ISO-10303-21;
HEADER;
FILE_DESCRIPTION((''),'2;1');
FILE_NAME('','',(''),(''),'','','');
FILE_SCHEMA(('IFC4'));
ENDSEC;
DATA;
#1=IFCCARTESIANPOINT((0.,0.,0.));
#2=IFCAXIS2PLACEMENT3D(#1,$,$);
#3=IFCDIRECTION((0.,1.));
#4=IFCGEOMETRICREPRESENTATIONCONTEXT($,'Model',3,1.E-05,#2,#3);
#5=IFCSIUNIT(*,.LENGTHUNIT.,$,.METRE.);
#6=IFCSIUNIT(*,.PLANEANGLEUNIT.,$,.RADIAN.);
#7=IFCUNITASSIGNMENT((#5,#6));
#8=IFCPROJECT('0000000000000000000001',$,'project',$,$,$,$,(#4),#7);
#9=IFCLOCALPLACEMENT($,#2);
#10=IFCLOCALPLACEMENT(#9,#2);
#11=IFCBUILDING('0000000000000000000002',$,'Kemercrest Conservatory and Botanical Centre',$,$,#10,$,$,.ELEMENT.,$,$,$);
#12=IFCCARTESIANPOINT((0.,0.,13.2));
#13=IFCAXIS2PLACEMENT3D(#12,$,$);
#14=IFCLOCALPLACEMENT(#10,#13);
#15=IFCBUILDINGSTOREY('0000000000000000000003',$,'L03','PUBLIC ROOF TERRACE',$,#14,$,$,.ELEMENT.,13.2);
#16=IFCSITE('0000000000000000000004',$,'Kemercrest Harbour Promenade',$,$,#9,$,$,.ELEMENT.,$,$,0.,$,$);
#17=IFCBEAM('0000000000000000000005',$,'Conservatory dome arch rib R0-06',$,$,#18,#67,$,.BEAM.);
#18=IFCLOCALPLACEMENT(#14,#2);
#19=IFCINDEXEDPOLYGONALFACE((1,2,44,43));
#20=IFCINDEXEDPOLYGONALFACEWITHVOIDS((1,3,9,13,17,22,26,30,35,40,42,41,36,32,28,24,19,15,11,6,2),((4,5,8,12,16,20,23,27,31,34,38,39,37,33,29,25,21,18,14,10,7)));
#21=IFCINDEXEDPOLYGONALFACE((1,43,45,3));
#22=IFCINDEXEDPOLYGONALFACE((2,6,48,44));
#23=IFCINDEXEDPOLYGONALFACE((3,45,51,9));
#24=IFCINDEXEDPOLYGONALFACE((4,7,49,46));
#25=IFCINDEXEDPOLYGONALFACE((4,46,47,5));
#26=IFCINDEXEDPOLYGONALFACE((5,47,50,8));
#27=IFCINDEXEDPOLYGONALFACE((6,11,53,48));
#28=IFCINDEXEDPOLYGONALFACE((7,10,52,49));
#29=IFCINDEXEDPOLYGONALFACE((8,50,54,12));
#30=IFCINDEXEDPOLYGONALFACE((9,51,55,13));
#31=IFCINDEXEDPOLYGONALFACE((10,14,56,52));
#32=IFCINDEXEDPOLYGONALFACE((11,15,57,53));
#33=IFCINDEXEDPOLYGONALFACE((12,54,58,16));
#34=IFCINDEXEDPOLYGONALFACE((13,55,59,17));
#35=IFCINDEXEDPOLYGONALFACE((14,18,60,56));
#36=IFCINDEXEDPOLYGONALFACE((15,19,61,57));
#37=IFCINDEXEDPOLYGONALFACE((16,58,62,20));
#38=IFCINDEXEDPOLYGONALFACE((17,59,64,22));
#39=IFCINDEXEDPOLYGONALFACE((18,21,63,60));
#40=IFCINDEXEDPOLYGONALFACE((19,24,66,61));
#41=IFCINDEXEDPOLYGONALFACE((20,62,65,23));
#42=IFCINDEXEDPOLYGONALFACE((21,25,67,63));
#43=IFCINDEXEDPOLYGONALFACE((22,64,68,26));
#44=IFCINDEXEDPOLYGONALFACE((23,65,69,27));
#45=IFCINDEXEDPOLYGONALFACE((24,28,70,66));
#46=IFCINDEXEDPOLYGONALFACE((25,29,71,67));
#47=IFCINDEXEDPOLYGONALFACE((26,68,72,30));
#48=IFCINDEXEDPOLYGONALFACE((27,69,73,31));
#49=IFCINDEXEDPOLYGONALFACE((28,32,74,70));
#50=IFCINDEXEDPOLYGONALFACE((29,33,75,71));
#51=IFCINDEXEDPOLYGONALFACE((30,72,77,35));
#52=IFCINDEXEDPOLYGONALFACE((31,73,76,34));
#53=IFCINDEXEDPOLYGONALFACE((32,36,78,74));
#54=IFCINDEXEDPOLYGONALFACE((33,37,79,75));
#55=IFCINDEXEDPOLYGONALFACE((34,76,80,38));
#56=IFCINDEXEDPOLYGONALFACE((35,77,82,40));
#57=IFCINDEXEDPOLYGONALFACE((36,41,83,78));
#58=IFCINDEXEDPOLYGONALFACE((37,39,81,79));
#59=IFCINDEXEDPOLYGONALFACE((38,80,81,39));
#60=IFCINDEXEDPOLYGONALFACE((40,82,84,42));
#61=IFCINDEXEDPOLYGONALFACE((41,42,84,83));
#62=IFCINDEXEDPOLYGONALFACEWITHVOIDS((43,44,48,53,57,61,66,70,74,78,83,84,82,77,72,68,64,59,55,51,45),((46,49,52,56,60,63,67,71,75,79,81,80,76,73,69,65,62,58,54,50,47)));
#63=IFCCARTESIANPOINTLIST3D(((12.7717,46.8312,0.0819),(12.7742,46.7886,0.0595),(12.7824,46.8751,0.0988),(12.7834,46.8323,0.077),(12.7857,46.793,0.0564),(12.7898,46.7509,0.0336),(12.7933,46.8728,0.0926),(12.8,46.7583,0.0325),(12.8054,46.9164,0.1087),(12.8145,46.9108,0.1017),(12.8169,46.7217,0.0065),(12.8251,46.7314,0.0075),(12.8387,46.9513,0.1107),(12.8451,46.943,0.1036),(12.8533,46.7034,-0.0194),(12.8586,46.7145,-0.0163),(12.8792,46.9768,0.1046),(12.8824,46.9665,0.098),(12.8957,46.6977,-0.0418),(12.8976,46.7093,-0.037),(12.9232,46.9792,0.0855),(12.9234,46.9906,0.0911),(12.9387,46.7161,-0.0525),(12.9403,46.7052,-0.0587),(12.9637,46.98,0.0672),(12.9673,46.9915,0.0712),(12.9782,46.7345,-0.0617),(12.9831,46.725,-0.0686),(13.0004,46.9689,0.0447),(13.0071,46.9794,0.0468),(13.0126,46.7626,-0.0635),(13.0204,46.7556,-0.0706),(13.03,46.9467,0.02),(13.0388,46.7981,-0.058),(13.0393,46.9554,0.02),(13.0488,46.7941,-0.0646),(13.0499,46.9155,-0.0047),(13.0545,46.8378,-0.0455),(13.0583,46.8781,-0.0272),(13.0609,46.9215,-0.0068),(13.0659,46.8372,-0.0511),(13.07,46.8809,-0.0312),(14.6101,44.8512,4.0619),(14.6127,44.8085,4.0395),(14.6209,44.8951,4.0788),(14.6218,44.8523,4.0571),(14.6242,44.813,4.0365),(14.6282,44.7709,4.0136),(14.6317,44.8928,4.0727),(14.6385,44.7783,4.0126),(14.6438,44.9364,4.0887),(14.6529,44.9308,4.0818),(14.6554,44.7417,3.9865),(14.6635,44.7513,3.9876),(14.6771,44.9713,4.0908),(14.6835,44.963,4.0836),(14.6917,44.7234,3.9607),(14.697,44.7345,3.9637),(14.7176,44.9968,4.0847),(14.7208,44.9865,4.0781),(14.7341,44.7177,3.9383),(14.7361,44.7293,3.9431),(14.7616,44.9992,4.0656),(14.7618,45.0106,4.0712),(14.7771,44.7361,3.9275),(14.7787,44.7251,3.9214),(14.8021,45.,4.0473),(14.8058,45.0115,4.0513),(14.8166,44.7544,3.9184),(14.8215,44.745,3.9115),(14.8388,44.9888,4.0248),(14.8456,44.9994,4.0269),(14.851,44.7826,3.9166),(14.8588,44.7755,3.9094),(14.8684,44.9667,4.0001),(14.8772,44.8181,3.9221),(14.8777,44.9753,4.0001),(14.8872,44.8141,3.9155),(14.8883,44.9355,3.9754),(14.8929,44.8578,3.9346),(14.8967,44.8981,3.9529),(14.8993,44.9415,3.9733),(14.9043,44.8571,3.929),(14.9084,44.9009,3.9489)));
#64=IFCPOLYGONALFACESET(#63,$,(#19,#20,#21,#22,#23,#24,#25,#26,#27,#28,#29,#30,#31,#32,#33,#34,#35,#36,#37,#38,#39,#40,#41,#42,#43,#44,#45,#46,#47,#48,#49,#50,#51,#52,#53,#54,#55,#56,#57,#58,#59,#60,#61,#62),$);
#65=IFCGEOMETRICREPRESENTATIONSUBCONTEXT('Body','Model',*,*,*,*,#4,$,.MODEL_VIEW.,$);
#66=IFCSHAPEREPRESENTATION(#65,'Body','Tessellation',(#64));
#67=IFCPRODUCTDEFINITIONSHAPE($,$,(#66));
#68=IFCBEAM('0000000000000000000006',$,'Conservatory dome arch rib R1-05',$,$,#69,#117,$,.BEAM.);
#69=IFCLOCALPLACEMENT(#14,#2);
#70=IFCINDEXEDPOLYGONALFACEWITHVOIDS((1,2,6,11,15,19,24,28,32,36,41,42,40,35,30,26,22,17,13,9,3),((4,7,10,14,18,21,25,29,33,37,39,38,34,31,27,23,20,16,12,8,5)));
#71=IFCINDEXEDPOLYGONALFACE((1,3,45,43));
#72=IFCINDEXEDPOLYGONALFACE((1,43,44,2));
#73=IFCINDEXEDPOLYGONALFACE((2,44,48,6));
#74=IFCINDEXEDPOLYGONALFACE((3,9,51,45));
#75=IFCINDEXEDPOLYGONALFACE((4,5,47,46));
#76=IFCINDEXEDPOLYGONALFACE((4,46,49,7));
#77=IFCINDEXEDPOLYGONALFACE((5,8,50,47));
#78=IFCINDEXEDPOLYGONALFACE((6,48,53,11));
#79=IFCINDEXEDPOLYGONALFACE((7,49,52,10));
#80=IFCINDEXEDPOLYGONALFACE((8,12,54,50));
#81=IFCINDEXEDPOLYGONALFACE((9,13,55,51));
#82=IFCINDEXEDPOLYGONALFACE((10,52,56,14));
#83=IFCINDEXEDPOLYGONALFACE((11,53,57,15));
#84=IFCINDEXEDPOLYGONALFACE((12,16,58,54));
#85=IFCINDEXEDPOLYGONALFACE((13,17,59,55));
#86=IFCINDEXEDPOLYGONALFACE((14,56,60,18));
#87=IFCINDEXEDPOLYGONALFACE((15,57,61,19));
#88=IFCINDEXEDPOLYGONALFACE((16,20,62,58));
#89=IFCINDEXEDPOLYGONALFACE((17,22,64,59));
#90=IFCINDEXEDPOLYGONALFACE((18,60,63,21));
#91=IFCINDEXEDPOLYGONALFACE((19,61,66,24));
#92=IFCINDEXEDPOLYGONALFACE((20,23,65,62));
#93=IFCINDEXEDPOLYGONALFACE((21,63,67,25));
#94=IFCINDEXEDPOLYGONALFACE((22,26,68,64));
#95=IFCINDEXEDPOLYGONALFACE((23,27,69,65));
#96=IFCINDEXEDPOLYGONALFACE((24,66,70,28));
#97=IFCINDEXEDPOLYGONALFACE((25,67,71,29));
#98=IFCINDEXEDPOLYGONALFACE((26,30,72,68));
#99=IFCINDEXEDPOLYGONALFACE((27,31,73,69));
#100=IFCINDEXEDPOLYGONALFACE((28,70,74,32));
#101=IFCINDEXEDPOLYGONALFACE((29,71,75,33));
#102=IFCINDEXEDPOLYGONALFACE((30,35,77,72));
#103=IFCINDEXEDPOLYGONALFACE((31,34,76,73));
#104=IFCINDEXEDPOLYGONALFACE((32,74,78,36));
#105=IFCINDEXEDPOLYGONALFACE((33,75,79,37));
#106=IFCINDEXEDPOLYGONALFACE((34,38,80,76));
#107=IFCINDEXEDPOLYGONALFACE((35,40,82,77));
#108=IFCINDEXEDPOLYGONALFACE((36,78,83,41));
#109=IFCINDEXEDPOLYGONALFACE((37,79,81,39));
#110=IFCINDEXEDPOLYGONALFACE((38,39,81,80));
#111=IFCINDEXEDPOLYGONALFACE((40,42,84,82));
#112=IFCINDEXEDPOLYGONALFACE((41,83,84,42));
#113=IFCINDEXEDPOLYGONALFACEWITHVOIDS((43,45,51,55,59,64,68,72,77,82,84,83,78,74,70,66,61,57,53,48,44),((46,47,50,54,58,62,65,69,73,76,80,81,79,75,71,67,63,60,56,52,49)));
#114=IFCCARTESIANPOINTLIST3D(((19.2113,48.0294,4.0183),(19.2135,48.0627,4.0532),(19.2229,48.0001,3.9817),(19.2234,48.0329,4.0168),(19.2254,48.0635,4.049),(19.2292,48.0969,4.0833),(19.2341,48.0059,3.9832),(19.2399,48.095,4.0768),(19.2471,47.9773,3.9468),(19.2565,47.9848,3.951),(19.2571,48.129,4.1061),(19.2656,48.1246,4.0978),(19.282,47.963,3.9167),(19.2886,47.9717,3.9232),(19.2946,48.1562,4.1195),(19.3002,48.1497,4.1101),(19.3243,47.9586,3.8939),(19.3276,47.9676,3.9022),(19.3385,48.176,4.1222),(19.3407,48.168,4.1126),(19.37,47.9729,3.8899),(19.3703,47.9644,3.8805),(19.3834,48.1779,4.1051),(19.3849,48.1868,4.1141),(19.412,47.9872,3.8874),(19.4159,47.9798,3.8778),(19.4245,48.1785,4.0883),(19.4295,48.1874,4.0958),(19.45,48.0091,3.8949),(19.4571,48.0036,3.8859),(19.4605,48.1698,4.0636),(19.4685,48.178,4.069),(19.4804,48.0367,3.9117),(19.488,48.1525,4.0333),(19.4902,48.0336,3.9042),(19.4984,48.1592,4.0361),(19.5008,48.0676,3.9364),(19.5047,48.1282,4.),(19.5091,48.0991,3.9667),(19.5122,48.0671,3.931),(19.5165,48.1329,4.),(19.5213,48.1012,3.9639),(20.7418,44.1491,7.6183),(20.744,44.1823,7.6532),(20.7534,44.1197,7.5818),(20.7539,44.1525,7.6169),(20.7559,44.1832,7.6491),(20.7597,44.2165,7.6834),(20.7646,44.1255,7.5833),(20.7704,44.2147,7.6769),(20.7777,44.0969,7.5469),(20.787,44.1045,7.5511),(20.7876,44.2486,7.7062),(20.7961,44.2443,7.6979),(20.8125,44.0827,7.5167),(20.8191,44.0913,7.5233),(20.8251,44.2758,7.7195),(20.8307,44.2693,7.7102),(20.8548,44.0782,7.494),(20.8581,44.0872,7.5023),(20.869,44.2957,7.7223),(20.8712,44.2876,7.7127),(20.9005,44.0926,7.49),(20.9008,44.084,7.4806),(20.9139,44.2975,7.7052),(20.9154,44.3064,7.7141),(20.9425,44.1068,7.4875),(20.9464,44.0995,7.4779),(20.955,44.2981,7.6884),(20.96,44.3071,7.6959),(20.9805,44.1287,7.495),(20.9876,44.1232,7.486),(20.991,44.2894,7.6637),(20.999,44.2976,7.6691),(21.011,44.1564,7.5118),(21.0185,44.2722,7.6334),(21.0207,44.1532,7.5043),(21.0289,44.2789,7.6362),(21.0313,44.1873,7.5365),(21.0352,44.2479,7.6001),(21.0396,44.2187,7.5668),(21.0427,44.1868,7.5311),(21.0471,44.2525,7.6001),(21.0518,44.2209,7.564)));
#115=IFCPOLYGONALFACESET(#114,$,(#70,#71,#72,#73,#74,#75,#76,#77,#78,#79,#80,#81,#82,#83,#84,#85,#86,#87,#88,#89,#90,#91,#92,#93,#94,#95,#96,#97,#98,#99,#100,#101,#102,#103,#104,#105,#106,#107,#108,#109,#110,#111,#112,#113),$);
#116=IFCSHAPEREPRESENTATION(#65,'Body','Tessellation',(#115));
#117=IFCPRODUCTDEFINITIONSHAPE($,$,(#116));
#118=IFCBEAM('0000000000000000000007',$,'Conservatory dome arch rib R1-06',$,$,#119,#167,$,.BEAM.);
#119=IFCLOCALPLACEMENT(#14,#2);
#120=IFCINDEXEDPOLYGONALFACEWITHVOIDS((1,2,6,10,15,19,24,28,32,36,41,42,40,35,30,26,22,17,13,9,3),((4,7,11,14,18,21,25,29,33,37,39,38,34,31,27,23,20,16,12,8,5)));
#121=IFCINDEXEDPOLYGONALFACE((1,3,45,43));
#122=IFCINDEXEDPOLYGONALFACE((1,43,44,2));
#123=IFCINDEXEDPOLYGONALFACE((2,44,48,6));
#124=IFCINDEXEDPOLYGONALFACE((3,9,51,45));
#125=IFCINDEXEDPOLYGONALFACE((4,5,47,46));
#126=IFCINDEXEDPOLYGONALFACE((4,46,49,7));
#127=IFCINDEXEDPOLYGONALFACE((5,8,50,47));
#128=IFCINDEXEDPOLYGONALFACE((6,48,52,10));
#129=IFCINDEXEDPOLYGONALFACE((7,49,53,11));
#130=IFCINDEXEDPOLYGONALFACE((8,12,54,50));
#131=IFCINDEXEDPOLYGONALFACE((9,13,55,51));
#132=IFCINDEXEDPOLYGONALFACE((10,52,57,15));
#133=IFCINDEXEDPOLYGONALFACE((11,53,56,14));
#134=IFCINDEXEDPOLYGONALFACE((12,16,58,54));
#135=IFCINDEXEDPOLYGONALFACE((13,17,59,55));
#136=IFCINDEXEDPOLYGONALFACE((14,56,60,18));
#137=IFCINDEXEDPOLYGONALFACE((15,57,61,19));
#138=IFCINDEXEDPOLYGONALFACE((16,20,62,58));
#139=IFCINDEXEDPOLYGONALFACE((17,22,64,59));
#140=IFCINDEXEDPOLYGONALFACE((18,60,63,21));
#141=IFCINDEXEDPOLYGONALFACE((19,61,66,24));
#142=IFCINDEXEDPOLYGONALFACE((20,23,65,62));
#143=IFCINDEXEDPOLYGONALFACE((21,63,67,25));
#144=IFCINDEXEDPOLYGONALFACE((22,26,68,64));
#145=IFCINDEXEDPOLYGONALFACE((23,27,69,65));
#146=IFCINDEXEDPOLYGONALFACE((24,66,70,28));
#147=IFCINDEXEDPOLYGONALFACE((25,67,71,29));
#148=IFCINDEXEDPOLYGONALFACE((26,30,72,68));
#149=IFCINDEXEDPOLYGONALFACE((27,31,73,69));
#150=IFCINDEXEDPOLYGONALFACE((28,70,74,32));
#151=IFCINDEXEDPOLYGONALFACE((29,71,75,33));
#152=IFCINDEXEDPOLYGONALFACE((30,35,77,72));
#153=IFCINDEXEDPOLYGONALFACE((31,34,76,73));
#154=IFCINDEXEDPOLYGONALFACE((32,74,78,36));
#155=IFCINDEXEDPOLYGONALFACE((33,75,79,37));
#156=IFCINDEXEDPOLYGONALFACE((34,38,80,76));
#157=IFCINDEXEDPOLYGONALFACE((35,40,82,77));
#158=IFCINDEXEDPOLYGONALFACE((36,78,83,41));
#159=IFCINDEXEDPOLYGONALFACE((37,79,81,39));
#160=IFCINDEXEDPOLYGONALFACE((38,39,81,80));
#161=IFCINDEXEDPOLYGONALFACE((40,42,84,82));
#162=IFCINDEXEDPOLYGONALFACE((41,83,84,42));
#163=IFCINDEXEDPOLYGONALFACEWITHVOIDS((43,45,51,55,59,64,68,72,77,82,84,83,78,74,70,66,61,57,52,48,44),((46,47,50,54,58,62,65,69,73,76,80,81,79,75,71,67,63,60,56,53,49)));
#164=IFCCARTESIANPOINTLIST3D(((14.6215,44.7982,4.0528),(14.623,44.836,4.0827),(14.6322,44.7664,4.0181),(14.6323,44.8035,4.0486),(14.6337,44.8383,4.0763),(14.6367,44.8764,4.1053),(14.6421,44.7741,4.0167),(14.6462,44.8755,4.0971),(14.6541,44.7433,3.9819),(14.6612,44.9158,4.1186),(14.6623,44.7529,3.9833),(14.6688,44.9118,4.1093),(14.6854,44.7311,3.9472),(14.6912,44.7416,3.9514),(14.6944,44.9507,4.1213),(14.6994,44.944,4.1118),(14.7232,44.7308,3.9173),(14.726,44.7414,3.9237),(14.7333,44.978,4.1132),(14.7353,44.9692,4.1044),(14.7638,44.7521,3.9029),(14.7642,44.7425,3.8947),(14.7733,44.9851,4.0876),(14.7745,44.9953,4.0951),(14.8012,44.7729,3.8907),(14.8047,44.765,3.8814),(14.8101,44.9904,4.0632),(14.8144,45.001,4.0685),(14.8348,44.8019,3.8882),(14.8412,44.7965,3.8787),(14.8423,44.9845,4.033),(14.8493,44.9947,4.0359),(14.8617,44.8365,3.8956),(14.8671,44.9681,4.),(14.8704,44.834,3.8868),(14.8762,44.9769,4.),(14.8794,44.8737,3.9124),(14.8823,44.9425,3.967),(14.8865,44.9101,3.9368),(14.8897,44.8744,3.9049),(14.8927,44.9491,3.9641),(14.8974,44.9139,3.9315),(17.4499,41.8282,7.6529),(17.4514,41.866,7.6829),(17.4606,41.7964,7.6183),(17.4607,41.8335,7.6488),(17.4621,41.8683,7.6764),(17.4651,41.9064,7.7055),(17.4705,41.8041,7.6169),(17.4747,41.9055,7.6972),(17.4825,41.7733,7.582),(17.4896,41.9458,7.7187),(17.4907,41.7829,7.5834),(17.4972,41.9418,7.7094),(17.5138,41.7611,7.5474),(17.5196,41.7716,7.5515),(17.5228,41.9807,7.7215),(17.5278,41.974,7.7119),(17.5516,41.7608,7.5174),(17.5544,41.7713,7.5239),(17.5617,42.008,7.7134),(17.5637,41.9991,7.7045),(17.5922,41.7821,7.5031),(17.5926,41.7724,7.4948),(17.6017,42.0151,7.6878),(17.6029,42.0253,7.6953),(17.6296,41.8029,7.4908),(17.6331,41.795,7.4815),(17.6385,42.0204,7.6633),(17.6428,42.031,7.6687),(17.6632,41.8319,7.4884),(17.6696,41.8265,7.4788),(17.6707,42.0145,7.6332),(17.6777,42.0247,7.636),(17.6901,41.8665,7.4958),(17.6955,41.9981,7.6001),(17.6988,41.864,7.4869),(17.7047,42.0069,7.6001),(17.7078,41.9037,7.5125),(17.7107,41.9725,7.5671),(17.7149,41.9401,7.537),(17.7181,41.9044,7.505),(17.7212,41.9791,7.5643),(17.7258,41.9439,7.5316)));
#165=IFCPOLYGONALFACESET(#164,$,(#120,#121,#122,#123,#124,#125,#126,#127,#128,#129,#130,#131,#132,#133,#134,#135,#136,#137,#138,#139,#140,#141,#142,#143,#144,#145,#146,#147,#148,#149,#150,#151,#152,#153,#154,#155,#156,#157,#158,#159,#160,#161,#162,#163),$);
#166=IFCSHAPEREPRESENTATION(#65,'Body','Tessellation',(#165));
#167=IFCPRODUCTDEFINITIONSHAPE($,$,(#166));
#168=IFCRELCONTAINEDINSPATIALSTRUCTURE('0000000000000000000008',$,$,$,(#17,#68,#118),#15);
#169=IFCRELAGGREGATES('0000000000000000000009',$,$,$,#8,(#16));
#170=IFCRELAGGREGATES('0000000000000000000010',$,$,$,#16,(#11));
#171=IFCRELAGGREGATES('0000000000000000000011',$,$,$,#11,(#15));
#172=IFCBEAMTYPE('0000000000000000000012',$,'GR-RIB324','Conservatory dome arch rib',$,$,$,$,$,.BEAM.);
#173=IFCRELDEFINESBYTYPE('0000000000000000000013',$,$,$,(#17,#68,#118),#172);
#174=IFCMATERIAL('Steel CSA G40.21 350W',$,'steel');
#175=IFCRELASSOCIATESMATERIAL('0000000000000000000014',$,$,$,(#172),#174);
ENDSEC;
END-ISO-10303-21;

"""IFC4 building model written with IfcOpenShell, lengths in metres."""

from ifc_helpers import new_model, si_unit, direction, frame, origin, origin_2d, place, context, subcontext, project, spatial, hollow_circle, extrude, material, material_profile, profile_set, type_object, element, save


model = new_model("IFC4")

# Units and contexts
model_context = context("Model", 3, precision=1e-05, world=origin(), true_north=direction((0.0, 1.0)))
body_context = subcontext(model_context, "Body", "Model", "MODEL_VIEW")
ifc_project = project(units=[si_unit("LENGTHUNIT", "METRE"), si_unit("PLANEANGLEUNIT", "RADIAN")], contexts=[model_context])

# Site, building, storey
site_placement = place(None, origin())
site = spatial("IfcSite", under=ifc_project, at=site_placement, Name="Kemercrest Harbour Promenade", CompositionType="ELEMENT", RefElevation=0.0)
building_placement = place(site_placement, origin())
building = spatial("IfcBuilding", under=site, at=building_placement, Name="Kemercrest Conservatory and Botanical Centre", CompositionType="ELEMENT")
storey_placement = place(building_placement, frame((0.0, 0.0, 13.2)))
storey = spatial("IfcBuildingStorey", under=building, at=storey_placement, Name="L03", Description="PUBLIC ROOF TERRACE", CompositionType="ELEMENT", Elevation=13.2)

# Beams
ifc_material_1 = material(Name="Steel CSA G40.21 350W", Category="steel")
ifc_material_profile_1 = material_profile(ifc_material_1, hollow_circle(Radius=0.1619, WallThickness=0.0127, at=origin_2d()), Name="CHS 323.9x12.7")
ifc_profile_set_1 = profile_set([ifc_material_profile_1], Name="Steel CSA G40.21 350W")
beam_type_1 = type_object("IfcBeamType", Name="GR-RIB324", Description="Conservatory dome arch rib", PredefinedType="BEAM", material=ifc_profile_set_1)
beam_1_placement = place(storey_placement, frame((12.9207, 46.8452, 0.02), z_axis=(0.382165, -0.411602, 0.827365), x_axis=(0.732826, 0.680416, 0.0)))
element("IfcBeam", 1, at=beam_1_placement, inside=storey, type_object=beam_type_1, Name="Conservatory dome arch rib R0-06", PredefinedType="BEAM", context=body_context, shape_type="SweptSolid", body=[
    extrude(hollow_circle(Radius=0.1619, WallThickness=0.0127, at=origin_2d()), origin(), (0.0, 0.0, 1.0), 4.8105),
])
beam_2_placement = place(storey_placement, frame((19.366, 48.0735, 4.0), z_axis=(0.277769, -0.704237, 0.653371), x_axis=(0.930254, 0.366916, 0.0)))
element("IfcBeam", 2, at=beam_2_placement, inside=storey, type_object=beam_type_1, Name="Conservatory dome arch rib R1-05", PredefinedType="BEAM", context=body_context, shape_type="SweptSolid", body=[
    extrude(hollow_circle(Radius=0.1619, WallThickness=0.0127, at=origin_2d()), origin(), (0.0, 0.0, 1.0), 5.51),
])
beam_3_placement = place(storey_placement, frame((14.759, 44.8652, 4.0), z_axis=(0.518282, -0.544229, 0.659696), x_axis=(0.724159, 0.689633, 0.0)))
element("IfcBeam", 3, at=beam_3_placement, inside=storey, type_object=beam_type_1, Name="Conservatory dome arch rib R1-06", PredefinedType="BEAM", context=body_context, shape_type="SweptSolid", body=[
    extrude(hollow_circle(Radius=0.1619, WallThickness=0.0127, at=origin_2d()), origin(), (0.0, 0.0, 1.0), 5.4573),
])

save(model, "model.ifc")
